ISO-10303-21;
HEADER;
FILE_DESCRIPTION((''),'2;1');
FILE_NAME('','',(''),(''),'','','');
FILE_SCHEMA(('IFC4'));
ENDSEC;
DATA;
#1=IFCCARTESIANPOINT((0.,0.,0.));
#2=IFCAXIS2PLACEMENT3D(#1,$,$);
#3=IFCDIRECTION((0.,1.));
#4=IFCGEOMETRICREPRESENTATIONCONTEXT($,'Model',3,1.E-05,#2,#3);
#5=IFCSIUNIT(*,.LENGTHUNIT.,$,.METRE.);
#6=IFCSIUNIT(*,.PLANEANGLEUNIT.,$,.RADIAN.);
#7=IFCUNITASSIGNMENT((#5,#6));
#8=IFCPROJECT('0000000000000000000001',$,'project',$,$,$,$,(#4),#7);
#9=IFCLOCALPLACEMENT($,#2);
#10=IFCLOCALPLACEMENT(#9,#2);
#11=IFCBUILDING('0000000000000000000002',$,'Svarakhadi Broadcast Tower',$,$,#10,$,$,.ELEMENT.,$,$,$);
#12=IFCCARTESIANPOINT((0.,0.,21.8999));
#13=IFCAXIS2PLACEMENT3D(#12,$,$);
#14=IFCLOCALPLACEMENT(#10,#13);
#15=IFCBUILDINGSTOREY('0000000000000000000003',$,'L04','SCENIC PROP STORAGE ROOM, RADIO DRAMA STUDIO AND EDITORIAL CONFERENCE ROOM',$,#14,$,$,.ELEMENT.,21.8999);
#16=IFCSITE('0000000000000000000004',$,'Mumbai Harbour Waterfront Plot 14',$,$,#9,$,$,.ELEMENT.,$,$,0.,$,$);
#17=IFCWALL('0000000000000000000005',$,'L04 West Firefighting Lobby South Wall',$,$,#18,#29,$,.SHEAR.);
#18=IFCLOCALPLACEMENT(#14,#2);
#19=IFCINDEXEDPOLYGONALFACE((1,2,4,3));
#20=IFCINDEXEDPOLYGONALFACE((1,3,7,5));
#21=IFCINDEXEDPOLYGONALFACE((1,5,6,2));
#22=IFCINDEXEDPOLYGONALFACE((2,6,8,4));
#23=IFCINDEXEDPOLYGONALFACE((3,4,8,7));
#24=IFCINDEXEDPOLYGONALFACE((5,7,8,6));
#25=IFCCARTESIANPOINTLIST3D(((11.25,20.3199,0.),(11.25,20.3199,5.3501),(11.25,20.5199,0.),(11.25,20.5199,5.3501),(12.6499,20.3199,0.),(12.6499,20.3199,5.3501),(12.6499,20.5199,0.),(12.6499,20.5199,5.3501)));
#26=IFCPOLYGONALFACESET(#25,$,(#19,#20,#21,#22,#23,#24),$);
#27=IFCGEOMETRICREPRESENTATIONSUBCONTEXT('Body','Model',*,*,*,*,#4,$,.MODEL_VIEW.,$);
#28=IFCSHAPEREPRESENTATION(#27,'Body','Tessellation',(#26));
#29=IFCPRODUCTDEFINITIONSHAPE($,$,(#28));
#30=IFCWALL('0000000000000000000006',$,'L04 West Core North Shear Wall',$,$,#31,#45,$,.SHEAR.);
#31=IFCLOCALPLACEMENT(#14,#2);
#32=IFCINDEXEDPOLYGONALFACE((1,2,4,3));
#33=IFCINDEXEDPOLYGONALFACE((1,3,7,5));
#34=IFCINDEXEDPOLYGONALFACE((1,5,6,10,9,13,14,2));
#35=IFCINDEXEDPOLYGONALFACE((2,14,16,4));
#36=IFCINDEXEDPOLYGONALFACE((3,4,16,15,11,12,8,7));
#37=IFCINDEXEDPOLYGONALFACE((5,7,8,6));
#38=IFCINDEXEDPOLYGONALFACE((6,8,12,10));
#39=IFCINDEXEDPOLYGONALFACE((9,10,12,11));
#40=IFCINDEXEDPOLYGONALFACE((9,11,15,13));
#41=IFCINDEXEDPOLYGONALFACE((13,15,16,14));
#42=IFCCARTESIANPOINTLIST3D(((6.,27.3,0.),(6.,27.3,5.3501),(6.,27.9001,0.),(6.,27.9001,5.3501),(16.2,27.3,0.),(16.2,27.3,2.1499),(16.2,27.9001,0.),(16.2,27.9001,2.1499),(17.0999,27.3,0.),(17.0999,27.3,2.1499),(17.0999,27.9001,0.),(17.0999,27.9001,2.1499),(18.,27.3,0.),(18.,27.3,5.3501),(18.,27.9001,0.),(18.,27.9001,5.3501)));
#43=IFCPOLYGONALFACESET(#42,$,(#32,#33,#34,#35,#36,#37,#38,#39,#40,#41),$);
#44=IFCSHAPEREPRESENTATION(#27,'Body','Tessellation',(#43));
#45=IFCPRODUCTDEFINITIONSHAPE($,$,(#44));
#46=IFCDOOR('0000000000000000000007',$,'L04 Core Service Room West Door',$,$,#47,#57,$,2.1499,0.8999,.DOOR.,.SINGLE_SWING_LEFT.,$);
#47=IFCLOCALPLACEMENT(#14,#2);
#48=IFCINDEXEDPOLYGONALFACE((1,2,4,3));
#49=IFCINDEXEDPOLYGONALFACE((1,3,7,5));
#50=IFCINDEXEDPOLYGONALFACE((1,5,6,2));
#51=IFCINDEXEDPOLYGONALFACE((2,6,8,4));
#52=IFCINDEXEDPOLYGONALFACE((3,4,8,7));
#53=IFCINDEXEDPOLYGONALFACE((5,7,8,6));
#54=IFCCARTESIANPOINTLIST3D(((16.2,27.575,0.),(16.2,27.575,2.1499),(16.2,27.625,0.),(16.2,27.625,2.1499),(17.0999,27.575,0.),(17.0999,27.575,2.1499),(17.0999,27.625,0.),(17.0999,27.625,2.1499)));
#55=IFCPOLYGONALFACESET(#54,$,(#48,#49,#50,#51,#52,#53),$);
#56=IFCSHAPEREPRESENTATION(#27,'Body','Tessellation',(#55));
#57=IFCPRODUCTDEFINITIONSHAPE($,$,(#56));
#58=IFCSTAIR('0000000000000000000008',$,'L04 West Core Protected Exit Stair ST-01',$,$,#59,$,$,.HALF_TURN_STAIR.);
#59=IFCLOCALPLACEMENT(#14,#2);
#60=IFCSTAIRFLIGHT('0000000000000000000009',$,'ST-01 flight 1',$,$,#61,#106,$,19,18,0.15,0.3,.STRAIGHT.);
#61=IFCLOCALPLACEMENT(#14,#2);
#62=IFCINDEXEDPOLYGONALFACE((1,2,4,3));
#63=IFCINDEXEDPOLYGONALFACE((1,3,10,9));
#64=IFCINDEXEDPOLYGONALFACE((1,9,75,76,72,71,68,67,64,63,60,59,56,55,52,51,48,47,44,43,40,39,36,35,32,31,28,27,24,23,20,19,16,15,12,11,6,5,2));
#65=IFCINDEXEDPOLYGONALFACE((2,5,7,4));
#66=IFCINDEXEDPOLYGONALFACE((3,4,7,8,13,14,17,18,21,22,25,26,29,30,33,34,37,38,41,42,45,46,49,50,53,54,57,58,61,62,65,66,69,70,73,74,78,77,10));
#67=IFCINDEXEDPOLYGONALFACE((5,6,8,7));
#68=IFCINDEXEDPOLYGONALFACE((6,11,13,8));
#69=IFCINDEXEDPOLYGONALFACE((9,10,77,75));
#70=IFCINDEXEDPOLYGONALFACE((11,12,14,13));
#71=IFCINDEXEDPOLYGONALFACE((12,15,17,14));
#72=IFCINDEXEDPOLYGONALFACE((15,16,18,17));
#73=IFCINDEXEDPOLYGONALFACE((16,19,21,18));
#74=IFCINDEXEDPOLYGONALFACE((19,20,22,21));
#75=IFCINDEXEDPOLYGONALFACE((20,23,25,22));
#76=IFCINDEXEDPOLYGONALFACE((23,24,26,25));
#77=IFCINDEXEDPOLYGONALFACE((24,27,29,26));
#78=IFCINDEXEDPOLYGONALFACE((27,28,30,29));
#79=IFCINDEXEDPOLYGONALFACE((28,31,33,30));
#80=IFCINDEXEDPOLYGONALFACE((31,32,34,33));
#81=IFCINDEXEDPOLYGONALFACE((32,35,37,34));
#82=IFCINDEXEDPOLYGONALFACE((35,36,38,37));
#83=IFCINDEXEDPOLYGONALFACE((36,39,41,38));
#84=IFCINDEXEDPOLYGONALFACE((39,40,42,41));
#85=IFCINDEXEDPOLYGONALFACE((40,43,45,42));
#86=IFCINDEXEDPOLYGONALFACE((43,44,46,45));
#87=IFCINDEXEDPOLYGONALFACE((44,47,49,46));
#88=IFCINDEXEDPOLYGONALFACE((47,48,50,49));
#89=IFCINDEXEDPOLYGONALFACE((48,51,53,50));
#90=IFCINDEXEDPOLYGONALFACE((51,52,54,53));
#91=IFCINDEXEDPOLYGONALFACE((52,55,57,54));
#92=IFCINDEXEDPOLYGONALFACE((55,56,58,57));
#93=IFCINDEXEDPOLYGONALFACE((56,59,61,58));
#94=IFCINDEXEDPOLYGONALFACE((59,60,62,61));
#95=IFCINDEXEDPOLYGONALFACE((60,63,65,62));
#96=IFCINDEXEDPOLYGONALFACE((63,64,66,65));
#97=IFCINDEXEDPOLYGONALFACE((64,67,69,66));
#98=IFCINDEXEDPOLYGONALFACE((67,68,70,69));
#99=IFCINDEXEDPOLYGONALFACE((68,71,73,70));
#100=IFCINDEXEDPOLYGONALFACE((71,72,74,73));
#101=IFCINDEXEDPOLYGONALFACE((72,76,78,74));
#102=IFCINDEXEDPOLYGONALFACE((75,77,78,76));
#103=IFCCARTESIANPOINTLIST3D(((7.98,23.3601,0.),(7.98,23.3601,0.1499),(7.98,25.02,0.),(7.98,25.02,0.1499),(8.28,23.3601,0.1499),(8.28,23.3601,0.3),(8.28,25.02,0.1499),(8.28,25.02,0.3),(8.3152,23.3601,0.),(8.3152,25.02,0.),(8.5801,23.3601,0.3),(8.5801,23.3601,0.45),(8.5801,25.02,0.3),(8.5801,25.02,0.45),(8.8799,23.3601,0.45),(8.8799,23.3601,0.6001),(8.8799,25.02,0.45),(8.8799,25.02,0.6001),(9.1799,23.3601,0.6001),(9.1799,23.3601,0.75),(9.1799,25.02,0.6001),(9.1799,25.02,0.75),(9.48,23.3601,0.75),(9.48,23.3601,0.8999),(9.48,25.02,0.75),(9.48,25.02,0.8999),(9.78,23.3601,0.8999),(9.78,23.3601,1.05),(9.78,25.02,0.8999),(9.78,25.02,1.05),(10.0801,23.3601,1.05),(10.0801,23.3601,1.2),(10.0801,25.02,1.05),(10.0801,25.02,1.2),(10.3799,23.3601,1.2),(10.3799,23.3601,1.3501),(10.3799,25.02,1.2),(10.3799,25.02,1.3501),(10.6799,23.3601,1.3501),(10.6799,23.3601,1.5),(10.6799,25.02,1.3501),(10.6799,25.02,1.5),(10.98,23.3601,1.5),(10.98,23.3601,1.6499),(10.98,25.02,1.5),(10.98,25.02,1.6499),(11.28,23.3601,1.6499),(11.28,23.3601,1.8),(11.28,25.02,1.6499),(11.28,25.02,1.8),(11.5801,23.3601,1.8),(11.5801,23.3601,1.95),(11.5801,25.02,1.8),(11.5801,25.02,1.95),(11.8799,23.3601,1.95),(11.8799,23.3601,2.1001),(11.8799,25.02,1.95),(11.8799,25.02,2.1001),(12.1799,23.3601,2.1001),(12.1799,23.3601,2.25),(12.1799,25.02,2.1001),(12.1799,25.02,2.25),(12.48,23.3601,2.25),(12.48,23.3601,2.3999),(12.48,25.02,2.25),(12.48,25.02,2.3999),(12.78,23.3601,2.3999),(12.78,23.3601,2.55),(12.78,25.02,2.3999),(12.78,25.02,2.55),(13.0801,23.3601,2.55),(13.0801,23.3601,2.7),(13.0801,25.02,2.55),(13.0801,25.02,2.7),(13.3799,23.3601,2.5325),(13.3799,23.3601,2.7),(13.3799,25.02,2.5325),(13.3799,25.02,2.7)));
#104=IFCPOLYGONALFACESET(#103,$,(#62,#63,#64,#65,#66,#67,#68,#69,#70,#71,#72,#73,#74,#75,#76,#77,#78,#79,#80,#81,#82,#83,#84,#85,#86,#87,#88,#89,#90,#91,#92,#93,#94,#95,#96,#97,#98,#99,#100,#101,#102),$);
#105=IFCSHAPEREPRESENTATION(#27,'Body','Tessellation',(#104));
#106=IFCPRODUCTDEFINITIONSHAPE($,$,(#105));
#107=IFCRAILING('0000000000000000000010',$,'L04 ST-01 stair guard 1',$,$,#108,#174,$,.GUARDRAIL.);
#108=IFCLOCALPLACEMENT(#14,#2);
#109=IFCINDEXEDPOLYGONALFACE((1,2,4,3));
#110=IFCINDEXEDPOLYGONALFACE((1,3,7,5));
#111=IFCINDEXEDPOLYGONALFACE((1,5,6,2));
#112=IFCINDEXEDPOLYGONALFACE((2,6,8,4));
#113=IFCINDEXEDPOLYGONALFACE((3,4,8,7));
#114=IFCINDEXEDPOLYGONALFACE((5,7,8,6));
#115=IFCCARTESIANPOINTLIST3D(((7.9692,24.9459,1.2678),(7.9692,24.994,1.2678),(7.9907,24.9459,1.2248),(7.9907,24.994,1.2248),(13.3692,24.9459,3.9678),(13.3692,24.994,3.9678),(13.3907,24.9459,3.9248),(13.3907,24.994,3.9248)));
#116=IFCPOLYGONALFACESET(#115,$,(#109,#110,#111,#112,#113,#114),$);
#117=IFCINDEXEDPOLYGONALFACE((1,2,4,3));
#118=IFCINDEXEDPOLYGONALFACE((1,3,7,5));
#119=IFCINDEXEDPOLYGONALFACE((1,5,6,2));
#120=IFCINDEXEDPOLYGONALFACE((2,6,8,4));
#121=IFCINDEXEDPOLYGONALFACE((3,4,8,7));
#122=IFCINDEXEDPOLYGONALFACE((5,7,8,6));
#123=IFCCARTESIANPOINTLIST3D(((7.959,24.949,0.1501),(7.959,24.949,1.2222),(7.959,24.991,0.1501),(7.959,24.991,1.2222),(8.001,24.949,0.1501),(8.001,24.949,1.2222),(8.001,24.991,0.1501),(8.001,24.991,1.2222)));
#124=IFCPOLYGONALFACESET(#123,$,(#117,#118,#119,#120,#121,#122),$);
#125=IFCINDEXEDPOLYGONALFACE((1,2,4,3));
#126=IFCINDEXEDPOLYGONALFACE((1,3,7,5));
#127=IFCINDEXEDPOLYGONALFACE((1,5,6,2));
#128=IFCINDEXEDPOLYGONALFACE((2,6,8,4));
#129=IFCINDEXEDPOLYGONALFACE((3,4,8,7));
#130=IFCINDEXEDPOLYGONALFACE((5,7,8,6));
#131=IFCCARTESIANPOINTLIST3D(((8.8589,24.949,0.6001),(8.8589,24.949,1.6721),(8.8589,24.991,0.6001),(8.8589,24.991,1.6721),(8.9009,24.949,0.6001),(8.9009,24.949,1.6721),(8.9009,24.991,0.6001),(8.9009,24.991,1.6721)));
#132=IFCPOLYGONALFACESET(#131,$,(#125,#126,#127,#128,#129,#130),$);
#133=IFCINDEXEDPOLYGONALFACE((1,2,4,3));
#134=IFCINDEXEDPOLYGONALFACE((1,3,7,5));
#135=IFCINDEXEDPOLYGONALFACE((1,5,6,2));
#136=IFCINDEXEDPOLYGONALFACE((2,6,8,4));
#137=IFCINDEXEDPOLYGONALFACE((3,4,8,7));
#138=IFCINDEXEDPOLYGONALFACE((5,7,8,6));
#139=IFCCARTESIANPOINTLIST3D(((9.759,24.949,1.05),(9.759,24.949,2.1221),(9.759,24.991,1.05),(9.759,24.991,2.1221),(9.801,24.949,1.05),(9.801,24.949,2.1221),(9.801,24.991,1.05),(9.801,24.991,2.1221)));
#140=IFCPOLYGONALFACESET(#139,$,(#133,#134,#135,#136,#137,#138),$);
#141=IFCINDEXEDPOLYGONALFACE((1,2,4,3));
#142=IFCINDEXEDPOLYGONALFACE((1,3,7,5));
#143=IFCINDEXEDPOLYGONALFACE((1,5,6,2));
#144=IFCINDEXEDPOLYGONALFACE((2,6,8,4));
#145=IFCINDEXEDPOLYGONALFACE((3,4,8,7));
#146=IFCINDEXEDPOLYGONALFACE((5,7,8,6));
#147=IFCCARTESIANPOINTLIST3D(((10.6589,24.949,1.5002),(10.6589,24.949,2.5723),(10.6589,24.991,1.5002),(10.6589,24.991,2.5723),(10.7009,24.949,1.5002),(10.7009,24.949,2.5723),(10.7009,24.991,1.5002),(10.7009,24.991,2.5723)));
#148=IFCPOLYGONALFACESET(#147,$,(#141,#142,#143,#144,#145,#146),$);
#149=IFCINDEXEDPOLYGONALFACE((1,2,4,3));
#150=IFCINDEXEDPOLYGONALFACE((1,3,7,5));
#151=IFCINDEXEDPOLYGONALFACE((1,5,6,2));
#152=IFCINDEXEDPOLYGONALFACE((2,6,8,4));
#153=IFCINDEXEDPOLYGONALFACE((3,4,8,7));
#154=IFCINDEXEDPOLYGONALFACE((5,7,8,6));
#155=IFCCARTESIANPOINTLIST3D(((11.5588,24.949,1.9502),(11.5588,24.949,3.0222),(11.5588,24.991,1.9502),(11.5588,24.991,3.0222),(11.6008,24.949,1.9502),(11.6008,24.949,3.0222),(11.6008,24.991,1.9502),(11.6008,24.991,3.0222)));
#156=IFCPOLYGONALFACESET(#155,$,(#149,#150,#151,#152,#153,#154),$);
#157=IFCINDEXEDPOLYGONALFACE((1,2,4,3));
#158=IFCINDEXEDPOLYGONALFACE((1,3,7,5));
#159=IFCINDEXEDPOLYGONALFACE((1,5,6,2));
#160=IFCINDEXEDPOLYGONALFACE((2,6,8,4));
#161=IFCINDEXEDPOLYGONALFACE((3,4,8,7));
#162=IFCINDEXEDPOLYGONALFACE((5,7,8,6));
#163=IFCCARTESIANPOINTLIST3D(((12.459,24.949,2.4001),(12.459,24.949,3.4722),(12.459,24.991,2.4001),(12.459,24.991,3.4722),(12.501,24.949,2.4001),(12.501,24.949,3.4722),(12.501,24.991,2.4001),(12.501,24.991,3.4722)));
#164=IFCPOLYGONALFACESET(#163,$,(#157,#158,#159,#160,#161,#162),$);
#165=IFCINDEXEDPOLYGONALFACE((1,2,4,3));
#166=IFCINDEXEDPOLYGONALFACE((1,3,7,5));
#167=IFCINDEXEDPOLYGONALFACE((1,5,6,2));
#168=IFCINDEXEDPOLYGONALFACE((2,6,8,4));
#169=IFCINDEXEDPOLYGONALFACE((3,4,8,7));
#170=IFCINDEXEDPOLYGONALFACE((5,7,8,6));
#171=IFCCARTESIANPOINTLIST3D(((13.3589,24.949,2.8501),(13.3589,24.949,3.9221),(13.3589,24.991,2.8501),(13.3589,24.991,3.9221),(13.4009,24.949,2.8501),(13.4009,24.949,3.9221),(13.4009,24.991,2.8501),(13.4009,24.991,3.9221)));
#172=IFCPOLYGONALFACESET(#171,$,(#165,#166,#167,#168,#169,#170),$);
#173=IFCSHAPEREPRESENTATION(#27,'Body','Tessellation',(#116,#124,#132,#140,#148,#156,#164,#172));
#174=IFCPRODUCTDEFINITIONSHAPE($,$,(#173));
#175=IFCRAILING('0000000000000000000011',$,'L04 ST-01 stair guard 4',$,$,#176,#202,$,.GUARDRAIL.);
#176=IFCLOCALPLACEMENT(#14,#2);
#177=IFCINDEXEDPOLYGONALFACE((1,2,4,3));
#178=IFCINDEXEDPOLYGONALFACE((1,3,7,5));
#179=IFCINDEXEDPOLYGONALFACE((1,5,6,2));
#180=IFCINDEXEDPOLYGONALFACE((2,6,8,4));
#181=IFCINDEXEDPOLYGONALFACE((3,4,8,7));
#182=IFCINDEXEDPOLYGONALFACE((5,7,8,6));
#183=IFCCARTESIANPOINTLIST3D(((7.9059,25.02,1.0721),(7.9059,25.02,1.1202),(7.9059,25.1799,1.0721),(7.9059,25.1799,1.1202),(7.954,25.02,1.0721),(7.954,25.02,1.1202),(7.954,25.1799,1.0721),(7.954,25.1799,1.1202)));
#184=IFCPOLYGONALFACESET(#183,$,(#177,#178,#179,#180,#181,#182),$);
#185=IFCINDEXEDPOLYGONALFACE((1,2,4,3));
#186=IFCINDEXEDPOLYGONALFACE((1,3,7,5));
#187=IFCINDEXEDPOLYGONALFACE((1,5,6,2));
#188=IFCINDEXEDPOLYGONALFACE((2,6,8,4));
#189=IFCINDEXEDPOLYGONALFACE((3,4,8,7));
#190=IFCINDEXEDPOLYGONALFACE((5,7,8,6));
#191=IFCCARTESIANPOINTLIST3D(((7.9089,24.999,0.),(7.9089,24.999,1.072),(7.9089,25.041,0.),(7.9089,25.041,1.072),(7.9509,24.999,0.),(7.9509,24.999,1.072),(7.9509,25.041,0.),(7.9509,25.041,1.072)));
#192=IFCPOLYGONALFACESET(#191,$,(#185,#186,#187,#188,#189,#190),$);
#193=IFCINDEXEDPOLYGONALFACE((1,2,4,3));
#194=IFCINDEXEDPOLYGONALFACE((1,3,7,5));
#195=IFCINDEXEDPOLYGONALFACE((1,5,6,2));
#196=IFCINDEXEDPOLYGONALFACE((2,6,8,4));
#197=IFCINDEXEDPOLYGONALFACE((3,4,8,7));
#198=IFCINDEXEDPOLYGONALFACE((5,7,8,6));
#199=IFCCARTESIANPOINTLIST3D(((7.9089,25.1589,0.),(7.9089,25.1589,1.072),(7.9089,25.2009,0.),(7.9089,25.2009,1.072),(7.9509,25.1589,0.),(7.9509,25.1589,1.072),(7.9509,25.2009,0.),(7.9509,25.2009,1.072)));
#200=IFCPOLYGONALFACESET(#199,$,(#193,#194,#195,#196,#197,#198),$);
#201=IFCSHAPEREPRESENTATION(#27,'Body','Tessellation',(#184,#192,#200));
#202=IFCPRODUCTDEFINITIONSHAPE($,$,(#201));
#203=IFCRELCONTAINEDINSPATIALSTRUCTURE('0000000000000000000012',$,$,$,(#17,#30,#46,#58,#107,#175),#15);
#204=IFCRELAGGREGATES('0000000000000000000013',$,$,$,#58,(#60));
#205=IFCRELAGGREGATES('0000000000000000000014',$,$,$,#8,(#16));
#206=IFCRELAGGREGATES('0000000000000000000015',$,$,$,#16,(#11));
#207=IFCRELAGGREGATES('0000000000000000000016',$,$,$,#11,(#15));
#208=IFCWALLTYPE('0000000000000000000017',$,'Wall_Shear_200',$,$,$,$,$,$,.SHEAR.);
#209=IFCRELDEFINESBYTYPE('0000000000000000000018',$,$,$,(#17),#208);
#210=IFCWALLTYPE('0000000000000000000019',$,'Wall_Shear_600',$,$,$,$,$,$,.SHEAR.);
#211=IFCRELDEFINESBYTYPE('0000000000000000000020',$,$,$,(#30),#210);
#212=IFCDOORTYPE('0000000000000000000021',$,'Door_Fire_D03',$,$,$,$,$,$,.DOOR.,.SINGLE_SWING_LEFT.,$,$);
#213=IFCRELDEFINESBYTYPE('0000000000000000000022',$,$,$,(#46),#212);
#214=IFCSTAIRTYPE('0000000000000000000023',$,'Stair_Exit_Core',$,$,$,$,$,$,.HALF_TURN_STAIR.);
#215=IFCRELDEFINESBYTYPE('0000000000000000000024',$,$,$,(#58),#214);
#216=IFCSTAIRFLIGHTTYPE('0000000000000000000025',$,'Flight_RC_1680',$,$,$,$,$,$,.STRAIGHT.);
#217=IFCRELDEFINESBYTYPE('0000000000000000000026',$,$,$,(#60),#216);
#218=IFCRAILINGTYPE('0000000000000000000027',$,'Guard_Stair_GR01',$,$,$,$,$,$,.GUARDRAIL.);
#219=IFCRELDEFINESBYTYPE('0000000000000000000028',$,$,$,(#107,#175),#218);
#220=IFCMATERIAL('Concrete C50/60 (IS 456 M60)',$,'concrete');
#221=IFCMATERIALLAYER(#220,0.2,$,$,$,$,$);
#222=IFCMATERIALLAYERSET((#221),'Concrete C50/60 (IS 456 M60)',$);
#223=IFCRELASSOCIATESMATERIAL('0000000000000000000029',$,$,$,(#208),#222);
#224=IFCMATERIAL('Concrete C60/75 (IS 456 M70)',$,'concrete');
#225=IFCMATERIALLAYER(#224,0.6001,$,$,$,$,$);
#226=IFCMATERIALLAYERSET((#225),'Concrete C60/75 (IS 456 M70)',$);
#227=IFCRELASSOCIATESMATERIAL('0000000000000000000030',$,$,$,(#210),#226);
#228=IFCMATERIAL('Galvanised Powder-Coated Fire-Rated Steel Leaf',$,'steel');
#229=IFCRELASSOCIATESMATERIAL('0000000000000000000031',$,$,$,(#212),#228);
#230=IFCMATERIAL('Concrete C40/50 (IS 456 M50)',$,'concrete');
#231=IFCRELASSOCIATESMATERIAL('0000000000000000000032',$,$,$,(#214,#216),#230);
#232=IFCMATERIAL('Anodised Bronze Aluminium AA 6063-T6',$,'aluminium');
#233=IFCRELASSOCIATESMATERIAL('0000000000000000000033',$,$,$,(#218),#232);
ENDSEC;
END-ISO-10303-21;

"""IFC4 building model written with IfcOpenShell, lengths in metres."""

from ifc_helpers import new_model, si_unit, direction, frame, frame_2d, origin, origin_2d, place, context, subcontext, project, spatial, polyline, rectangle, outline, extrude, material, layer, layer_set, type_object, element, fill, aggregate, save


model = new_model("IFC4")

# Units and contexts
model_context = context("Model", 3, precision=1e-05, world=origin(), true_north=direction((0.0, 1.0)))
body_context = subcontext(model_context, "Body", "Model", "MODEL_VIEW")
ifc_project = project(units=[si_unit("LENGTHUNIT", "METRE"), si_unit("PLANEANGLEUNIT", "RADIAN")], contexts=[model_context])

# Site, building, storey
site_placement = place(None, origin())
site = spatial("IfcSite", under=ifc_project, at=site_placement, Name="Mumbai Harbour Waterfront Plot 14", CompositionType="ELEMENT", RefElevation=0.0)
building_placement = place(site_placement, origin())
building = spatial("IfcBuilding", under=site, at=building_placement, Name="Svarakhadi Broadcast Tower", CompositionType="ELEMENT")
storey_placement = place(building_placement, frame((0.0, 0.0, 21.8999)))
storey = spatial("IfcBuildingStorey", under=building, at=storey_placement, Name="L04", Description="SCENIC PROP STORAGE ROOM, RADIO DRAMA STUDIO AND EDITORIAL CONFERENCE ROOM", CompositionType="ELEMENT", Elevation=21.8999)

# Shared definitions
ifc_material_1 = material(Name="Concrete C60/75 (IS 456 M70)", Category="concrete")

# Shared definitions
ifc_material_2 = material(Name="Anodised Bronze Aluminium AA 6063-T6", Category="aluminium")

# Shared definitions
ifc_material_3 = material(Name="Concrete C50/60 (IS 456 M60)", Category="concrete")

# Shared definitions
ifc_material_4 = material(Name="Concrete C40/50 (IS 456 M50)", Category="concrete")

# Shared definitions
ifc_layer_1 = layer(ifc_material_3, 0.2)
ifc_layer_set_1 = layer_set([ifc_layer_1], Name="Concrete C50/60 (IS 456 M60)")
wall_type_1 = type_object("IfcWallType", Name="Wall_Shear_200", PredefinedType="SHEAR", material=ifc_layer_set_1)
ifc_material_5 = material(Name="Galvanised Powder-Coated Fire-Rated Steel Leaf", Category="steel")

# Wall
wall_1_placement = place(storey_placement, frame((11.25, 20.4199, 0.0), z_axis=(0.0, 0.0, 1.0), x_axis=(1.0, 0.0, 0.0)))
element("IfcWall", 1, at=wall_1_placement, inside=storey, type_object=wall_type_1, Name="L04 West Firefighting Lobby South Wall", PredefinedType="SHEAR", context=body_context, shape_type="SweptSolid", body=[
    extrude(rectangle(XDim=1.3999, YDim=0.2, at=frame_2d((0.7, 0.0))), origin(), (0.0, 0.0, 1.0), 5.3501),
])

# Wall, opening, door
ifc_layer_2 = layer(ifc_material_1, 0.6001)
ifc_layer_set_2 = layer_set([ifc_layer_2], Name="Concrete C60/75 (IS 456 M70)")
wall_type_2 = type_object("IfcWallType", Name="Wall_Shear_600", PredefinedType="SHEAR", material=ifc_layer_set_2)
wall_2_placement = place(storey_placement, frame((6.0, 27.6001, 0.0), z_axis=(0.0, 0.0, 1.0), x_axis=(1.0, 0.0, 0.0)))
wall_2 = element("IfcWall", 2, at=wall_2_placement, inside=storey, type_object=wall_type_2, Name="L04 West Core North Shear Wall", PredefinedType="SHEAR", context=body_context, shape_type="SweptSolid", body=[
    extrude(rectangle(XDim=12.0, YDim=0.6001, at=frame_2d((6.0, 0.0))), origin(), (0.0, 0.0, 1.0), 5.3501),
])
opening_1_placement = place(wall_2_placement, frame((10.2, 0.0, 0.0)))
opening_1 = element("IfcOpeningElement", 3, at=opening_1_placement, cuts=wall_2, PredefinedType="OPENING", context=body_context, shape_type="SweptSolid", body=[
    extrude(rectangle(XDim=0.8999, YDim=2.1499, at=frame_2d((0.45, 1.075))), frame((0.0, 0.3101, 0.0), z_axis=(0.0, -1.0, 0.0), x_axis=(1.0, 0.0, 0.0)), (0.0, 0.0, 1.0), 0.6201),
])
door_type_1 = type_object("IfcDoorType", Name="Door_Fire_D03", OperationType="SINGLE_SWING_LEFT", PredefinedType="DOOR", material=ifc_material_5)
door_1_placement = place(opening_1_placement, origin())
door_1 = element("IfcDoor", 4, at=door_1_placement, inside=storey, type_object=door_type_1, Name="L04 Core Service Room West Door", OperationType="SINGLE_SWING_LEFT", OverallHeight=2.1499, OverallWidth=0.8999, PredefinedType="DOOR", context=body_context, shape_type="SweptSolid", body=[
    extrude(rectangle(XDim=0.8999, YDim=2.1499, at=frame_2d((0.45, 1.075))), frame((0.0, 0.0249, 0.0), z_axis=(0.0, -1.0, 0.0), x_axis=(1.0, 0.0, 0.0)), (0.0, 0.0, 1.0), 0.05),
])
fill(opening_1, door_1)

# Stair, stair flight
stair_type = type_object("IfcStairType", Name="Stair_Exit_Core", PredefinedType="HALF_TURN_STAIR", material=ifc_material_4)
stair_placement = place(storey_placement, origin())
stair = element("IfcStair", 5, at=stair_placement, inside=storey, type_object=stair_type, Name="L04 West Core Protected Exit Stair ST-01", PredefinedType="HALF_TURN_STAIR")
stair_flight_type = type_object("IfcStairFlightType", Name="Flight_RC_1680", PredefinedType="STRAIGHT", material=ifc_material_4)
stair_flight_placement = place(storey_placement, frame((7.98, 24.1899, 0.0), z_axis=(0.0, 0.0, 1.0), x_axis=(1.0, 0.0, 0.0)))
stair_flight = element("IfcStairFlight", 6, at=stair_flight_placement, type_object=stair_flight_type, Name="ST-01 flight 1", NumberOfRisers=19, NumberOfTreads=18, PredefinedType="STRAIGHT", RiserHeight=0.15, TreadLength=0.3, context=body_context, shape_type="SweptSolid", body=[
    extrude(outline(polyline([(0.0, 0.0), (0.0, 0.1499), (0.3, 0.1499), (0.3, 0.3), (0.6001, 0.3), (0.6001, 0.45), (0.8999, 0.45), (0.8999, 0.6001), (1.2, 0.6001), (1.2, 0.75), (1.5, 0.75), (1.5, 0.8999), (1.8, 0.8999), (1.8, 1.05), (2.1001, 1.05), (2.1001, 1.2), (2.3999, 1.2), (2.3999, 1.3501), (2.7, 1.3501), (2.7, 1.5), (3.0, 1.5), (3.0, 1.6499), (3.3, 1.6499), (3.3, 1.8), (3.6001, 1.8), (3.6001, 1.95), (3.8999, 1.95), (3.8999, 2.1001), (4.2, 2.1001), (4.2, 2.25), (4.5, 2.25), (4.5, 2.3999), (4.8, 2.3999), (4.8, 2.55), (5.1001, 2.55), (5.1001, 2.7), (5.3999, 2.7), (5.3999, 2.8501), (5.3999, 2.5325), (0.3352, 0.0), (0.0, 0.0)])), frame((0.0, 0.8301, 0.0), z_axis=(0.0, -1.0, 0.0), x_axis=(1.0, 0.0, 0.0)), (0.0, 0.0, 1.0), 1.6599),
])
aggregate(stair, [stair_flight])

# Railings
railing_type_1 = type_object("IfcRailingType", Name="Guard_Stair_GR01", PredefinedType="GUARDRAIL", material=ifc_material_2)
railing_1_placement = place(storey_placement, frame((7.98, 24.97, 0.1501)))
element("IfcRailing", 7, at=railing_1_placement, inside=storey, type_object=railing_type_1, Name="L04 ST-01 stair guard 1", PredefinedType="GUARDRAIL", context=body_context, shape_type="SweptSolid", body=[
    extrude(rectangle(XDim=0.0481, YDim=0.0481, at=origin_2d()), frame((0.0, 0.0, 1.0962), z_axis=(0.894427, 0.0, 0.447214), x_axis=(0.0, 1.0, 0.0)), (0.0, 0.0, 1.0), 6.0374),
    extrude(rectangle(XDim=0.042, YDim=0.042, at=origin_2d()), origin(), (0.0, 0.0, 1.0), 1.072),
    extrude(rectangle(XDim=0.042, YDim=0.042, at=origin_2d()), frame((0.8999, 0.0, 0.45)), (0.0, 0.0, 1.0), 1.072),
    extrude(rectangle(XDim=0.042, YDim=0.042, at=origin_2d()), frame((1.8, 0.0, 0.8999)), (0.0, 0.0, 1.0), 1.072),
    extrude(rectangle(XDim=0.042, YDim=0.042, at=origin_2d()), frame((2.7, 0.0, 1.3501)), (0.0, 0.0, 1.0), 1.072),
    extrude(rectangle(XDim=0.042, YDim=0.042, at=origin_2d()), frame((3.5999, 0.0, 1.8)), (0.0, 0.0, 1.0), 1.072),
    extrude(rectangle(XDim=0.042, YDim=0.042, at=origin_2d()), frame((4.5, 0.0, 2.25)), (0.0, 0.0, 1.0), 1.072),
    extrude(rectangle(XDim=0.042, YDim=0.042, at=origin_2d()), frame((5.3999, 0.0, 2.7)), (0.0, 0.0, 1.0), 1.072),
])
railing_2_placement = place(storey_placement, frame((7.9299, 25.02, 0.0)))
element("IfcRailing", 8, at=railing_2_placement, inside=storey, type_object=railing_type_1, Name="L04 ST-01 stair guard 4", PredefinedType="GUARDRAIL", context=body_context, shape_type="SweptSolid", body=[
    extrude(rectangle(XDim=0.0481, YDim=0.0481, at=origin_2d()), frame((0.0, 0.0, 1.0962), z_axis=(0.0, 1.0, 0.0), x_axis=(-1.0, 0.0, 0.0)), (0.0, 0.0, 1.0), 0.1599),
    extrude(rectangle(XDim=0.042, YDim=0.042, at=origin_2d()), origin(), (0.0, 0.0, 1.0), 1.072),
    extrude(rectangle(XDim=0.042, YDim=0.042, at=origin_2d()), frame((0.0, 0.1599, 0.0)), (0.0, 0.0, 1.0), 1.072),
])

save(model, "model.ifc")
